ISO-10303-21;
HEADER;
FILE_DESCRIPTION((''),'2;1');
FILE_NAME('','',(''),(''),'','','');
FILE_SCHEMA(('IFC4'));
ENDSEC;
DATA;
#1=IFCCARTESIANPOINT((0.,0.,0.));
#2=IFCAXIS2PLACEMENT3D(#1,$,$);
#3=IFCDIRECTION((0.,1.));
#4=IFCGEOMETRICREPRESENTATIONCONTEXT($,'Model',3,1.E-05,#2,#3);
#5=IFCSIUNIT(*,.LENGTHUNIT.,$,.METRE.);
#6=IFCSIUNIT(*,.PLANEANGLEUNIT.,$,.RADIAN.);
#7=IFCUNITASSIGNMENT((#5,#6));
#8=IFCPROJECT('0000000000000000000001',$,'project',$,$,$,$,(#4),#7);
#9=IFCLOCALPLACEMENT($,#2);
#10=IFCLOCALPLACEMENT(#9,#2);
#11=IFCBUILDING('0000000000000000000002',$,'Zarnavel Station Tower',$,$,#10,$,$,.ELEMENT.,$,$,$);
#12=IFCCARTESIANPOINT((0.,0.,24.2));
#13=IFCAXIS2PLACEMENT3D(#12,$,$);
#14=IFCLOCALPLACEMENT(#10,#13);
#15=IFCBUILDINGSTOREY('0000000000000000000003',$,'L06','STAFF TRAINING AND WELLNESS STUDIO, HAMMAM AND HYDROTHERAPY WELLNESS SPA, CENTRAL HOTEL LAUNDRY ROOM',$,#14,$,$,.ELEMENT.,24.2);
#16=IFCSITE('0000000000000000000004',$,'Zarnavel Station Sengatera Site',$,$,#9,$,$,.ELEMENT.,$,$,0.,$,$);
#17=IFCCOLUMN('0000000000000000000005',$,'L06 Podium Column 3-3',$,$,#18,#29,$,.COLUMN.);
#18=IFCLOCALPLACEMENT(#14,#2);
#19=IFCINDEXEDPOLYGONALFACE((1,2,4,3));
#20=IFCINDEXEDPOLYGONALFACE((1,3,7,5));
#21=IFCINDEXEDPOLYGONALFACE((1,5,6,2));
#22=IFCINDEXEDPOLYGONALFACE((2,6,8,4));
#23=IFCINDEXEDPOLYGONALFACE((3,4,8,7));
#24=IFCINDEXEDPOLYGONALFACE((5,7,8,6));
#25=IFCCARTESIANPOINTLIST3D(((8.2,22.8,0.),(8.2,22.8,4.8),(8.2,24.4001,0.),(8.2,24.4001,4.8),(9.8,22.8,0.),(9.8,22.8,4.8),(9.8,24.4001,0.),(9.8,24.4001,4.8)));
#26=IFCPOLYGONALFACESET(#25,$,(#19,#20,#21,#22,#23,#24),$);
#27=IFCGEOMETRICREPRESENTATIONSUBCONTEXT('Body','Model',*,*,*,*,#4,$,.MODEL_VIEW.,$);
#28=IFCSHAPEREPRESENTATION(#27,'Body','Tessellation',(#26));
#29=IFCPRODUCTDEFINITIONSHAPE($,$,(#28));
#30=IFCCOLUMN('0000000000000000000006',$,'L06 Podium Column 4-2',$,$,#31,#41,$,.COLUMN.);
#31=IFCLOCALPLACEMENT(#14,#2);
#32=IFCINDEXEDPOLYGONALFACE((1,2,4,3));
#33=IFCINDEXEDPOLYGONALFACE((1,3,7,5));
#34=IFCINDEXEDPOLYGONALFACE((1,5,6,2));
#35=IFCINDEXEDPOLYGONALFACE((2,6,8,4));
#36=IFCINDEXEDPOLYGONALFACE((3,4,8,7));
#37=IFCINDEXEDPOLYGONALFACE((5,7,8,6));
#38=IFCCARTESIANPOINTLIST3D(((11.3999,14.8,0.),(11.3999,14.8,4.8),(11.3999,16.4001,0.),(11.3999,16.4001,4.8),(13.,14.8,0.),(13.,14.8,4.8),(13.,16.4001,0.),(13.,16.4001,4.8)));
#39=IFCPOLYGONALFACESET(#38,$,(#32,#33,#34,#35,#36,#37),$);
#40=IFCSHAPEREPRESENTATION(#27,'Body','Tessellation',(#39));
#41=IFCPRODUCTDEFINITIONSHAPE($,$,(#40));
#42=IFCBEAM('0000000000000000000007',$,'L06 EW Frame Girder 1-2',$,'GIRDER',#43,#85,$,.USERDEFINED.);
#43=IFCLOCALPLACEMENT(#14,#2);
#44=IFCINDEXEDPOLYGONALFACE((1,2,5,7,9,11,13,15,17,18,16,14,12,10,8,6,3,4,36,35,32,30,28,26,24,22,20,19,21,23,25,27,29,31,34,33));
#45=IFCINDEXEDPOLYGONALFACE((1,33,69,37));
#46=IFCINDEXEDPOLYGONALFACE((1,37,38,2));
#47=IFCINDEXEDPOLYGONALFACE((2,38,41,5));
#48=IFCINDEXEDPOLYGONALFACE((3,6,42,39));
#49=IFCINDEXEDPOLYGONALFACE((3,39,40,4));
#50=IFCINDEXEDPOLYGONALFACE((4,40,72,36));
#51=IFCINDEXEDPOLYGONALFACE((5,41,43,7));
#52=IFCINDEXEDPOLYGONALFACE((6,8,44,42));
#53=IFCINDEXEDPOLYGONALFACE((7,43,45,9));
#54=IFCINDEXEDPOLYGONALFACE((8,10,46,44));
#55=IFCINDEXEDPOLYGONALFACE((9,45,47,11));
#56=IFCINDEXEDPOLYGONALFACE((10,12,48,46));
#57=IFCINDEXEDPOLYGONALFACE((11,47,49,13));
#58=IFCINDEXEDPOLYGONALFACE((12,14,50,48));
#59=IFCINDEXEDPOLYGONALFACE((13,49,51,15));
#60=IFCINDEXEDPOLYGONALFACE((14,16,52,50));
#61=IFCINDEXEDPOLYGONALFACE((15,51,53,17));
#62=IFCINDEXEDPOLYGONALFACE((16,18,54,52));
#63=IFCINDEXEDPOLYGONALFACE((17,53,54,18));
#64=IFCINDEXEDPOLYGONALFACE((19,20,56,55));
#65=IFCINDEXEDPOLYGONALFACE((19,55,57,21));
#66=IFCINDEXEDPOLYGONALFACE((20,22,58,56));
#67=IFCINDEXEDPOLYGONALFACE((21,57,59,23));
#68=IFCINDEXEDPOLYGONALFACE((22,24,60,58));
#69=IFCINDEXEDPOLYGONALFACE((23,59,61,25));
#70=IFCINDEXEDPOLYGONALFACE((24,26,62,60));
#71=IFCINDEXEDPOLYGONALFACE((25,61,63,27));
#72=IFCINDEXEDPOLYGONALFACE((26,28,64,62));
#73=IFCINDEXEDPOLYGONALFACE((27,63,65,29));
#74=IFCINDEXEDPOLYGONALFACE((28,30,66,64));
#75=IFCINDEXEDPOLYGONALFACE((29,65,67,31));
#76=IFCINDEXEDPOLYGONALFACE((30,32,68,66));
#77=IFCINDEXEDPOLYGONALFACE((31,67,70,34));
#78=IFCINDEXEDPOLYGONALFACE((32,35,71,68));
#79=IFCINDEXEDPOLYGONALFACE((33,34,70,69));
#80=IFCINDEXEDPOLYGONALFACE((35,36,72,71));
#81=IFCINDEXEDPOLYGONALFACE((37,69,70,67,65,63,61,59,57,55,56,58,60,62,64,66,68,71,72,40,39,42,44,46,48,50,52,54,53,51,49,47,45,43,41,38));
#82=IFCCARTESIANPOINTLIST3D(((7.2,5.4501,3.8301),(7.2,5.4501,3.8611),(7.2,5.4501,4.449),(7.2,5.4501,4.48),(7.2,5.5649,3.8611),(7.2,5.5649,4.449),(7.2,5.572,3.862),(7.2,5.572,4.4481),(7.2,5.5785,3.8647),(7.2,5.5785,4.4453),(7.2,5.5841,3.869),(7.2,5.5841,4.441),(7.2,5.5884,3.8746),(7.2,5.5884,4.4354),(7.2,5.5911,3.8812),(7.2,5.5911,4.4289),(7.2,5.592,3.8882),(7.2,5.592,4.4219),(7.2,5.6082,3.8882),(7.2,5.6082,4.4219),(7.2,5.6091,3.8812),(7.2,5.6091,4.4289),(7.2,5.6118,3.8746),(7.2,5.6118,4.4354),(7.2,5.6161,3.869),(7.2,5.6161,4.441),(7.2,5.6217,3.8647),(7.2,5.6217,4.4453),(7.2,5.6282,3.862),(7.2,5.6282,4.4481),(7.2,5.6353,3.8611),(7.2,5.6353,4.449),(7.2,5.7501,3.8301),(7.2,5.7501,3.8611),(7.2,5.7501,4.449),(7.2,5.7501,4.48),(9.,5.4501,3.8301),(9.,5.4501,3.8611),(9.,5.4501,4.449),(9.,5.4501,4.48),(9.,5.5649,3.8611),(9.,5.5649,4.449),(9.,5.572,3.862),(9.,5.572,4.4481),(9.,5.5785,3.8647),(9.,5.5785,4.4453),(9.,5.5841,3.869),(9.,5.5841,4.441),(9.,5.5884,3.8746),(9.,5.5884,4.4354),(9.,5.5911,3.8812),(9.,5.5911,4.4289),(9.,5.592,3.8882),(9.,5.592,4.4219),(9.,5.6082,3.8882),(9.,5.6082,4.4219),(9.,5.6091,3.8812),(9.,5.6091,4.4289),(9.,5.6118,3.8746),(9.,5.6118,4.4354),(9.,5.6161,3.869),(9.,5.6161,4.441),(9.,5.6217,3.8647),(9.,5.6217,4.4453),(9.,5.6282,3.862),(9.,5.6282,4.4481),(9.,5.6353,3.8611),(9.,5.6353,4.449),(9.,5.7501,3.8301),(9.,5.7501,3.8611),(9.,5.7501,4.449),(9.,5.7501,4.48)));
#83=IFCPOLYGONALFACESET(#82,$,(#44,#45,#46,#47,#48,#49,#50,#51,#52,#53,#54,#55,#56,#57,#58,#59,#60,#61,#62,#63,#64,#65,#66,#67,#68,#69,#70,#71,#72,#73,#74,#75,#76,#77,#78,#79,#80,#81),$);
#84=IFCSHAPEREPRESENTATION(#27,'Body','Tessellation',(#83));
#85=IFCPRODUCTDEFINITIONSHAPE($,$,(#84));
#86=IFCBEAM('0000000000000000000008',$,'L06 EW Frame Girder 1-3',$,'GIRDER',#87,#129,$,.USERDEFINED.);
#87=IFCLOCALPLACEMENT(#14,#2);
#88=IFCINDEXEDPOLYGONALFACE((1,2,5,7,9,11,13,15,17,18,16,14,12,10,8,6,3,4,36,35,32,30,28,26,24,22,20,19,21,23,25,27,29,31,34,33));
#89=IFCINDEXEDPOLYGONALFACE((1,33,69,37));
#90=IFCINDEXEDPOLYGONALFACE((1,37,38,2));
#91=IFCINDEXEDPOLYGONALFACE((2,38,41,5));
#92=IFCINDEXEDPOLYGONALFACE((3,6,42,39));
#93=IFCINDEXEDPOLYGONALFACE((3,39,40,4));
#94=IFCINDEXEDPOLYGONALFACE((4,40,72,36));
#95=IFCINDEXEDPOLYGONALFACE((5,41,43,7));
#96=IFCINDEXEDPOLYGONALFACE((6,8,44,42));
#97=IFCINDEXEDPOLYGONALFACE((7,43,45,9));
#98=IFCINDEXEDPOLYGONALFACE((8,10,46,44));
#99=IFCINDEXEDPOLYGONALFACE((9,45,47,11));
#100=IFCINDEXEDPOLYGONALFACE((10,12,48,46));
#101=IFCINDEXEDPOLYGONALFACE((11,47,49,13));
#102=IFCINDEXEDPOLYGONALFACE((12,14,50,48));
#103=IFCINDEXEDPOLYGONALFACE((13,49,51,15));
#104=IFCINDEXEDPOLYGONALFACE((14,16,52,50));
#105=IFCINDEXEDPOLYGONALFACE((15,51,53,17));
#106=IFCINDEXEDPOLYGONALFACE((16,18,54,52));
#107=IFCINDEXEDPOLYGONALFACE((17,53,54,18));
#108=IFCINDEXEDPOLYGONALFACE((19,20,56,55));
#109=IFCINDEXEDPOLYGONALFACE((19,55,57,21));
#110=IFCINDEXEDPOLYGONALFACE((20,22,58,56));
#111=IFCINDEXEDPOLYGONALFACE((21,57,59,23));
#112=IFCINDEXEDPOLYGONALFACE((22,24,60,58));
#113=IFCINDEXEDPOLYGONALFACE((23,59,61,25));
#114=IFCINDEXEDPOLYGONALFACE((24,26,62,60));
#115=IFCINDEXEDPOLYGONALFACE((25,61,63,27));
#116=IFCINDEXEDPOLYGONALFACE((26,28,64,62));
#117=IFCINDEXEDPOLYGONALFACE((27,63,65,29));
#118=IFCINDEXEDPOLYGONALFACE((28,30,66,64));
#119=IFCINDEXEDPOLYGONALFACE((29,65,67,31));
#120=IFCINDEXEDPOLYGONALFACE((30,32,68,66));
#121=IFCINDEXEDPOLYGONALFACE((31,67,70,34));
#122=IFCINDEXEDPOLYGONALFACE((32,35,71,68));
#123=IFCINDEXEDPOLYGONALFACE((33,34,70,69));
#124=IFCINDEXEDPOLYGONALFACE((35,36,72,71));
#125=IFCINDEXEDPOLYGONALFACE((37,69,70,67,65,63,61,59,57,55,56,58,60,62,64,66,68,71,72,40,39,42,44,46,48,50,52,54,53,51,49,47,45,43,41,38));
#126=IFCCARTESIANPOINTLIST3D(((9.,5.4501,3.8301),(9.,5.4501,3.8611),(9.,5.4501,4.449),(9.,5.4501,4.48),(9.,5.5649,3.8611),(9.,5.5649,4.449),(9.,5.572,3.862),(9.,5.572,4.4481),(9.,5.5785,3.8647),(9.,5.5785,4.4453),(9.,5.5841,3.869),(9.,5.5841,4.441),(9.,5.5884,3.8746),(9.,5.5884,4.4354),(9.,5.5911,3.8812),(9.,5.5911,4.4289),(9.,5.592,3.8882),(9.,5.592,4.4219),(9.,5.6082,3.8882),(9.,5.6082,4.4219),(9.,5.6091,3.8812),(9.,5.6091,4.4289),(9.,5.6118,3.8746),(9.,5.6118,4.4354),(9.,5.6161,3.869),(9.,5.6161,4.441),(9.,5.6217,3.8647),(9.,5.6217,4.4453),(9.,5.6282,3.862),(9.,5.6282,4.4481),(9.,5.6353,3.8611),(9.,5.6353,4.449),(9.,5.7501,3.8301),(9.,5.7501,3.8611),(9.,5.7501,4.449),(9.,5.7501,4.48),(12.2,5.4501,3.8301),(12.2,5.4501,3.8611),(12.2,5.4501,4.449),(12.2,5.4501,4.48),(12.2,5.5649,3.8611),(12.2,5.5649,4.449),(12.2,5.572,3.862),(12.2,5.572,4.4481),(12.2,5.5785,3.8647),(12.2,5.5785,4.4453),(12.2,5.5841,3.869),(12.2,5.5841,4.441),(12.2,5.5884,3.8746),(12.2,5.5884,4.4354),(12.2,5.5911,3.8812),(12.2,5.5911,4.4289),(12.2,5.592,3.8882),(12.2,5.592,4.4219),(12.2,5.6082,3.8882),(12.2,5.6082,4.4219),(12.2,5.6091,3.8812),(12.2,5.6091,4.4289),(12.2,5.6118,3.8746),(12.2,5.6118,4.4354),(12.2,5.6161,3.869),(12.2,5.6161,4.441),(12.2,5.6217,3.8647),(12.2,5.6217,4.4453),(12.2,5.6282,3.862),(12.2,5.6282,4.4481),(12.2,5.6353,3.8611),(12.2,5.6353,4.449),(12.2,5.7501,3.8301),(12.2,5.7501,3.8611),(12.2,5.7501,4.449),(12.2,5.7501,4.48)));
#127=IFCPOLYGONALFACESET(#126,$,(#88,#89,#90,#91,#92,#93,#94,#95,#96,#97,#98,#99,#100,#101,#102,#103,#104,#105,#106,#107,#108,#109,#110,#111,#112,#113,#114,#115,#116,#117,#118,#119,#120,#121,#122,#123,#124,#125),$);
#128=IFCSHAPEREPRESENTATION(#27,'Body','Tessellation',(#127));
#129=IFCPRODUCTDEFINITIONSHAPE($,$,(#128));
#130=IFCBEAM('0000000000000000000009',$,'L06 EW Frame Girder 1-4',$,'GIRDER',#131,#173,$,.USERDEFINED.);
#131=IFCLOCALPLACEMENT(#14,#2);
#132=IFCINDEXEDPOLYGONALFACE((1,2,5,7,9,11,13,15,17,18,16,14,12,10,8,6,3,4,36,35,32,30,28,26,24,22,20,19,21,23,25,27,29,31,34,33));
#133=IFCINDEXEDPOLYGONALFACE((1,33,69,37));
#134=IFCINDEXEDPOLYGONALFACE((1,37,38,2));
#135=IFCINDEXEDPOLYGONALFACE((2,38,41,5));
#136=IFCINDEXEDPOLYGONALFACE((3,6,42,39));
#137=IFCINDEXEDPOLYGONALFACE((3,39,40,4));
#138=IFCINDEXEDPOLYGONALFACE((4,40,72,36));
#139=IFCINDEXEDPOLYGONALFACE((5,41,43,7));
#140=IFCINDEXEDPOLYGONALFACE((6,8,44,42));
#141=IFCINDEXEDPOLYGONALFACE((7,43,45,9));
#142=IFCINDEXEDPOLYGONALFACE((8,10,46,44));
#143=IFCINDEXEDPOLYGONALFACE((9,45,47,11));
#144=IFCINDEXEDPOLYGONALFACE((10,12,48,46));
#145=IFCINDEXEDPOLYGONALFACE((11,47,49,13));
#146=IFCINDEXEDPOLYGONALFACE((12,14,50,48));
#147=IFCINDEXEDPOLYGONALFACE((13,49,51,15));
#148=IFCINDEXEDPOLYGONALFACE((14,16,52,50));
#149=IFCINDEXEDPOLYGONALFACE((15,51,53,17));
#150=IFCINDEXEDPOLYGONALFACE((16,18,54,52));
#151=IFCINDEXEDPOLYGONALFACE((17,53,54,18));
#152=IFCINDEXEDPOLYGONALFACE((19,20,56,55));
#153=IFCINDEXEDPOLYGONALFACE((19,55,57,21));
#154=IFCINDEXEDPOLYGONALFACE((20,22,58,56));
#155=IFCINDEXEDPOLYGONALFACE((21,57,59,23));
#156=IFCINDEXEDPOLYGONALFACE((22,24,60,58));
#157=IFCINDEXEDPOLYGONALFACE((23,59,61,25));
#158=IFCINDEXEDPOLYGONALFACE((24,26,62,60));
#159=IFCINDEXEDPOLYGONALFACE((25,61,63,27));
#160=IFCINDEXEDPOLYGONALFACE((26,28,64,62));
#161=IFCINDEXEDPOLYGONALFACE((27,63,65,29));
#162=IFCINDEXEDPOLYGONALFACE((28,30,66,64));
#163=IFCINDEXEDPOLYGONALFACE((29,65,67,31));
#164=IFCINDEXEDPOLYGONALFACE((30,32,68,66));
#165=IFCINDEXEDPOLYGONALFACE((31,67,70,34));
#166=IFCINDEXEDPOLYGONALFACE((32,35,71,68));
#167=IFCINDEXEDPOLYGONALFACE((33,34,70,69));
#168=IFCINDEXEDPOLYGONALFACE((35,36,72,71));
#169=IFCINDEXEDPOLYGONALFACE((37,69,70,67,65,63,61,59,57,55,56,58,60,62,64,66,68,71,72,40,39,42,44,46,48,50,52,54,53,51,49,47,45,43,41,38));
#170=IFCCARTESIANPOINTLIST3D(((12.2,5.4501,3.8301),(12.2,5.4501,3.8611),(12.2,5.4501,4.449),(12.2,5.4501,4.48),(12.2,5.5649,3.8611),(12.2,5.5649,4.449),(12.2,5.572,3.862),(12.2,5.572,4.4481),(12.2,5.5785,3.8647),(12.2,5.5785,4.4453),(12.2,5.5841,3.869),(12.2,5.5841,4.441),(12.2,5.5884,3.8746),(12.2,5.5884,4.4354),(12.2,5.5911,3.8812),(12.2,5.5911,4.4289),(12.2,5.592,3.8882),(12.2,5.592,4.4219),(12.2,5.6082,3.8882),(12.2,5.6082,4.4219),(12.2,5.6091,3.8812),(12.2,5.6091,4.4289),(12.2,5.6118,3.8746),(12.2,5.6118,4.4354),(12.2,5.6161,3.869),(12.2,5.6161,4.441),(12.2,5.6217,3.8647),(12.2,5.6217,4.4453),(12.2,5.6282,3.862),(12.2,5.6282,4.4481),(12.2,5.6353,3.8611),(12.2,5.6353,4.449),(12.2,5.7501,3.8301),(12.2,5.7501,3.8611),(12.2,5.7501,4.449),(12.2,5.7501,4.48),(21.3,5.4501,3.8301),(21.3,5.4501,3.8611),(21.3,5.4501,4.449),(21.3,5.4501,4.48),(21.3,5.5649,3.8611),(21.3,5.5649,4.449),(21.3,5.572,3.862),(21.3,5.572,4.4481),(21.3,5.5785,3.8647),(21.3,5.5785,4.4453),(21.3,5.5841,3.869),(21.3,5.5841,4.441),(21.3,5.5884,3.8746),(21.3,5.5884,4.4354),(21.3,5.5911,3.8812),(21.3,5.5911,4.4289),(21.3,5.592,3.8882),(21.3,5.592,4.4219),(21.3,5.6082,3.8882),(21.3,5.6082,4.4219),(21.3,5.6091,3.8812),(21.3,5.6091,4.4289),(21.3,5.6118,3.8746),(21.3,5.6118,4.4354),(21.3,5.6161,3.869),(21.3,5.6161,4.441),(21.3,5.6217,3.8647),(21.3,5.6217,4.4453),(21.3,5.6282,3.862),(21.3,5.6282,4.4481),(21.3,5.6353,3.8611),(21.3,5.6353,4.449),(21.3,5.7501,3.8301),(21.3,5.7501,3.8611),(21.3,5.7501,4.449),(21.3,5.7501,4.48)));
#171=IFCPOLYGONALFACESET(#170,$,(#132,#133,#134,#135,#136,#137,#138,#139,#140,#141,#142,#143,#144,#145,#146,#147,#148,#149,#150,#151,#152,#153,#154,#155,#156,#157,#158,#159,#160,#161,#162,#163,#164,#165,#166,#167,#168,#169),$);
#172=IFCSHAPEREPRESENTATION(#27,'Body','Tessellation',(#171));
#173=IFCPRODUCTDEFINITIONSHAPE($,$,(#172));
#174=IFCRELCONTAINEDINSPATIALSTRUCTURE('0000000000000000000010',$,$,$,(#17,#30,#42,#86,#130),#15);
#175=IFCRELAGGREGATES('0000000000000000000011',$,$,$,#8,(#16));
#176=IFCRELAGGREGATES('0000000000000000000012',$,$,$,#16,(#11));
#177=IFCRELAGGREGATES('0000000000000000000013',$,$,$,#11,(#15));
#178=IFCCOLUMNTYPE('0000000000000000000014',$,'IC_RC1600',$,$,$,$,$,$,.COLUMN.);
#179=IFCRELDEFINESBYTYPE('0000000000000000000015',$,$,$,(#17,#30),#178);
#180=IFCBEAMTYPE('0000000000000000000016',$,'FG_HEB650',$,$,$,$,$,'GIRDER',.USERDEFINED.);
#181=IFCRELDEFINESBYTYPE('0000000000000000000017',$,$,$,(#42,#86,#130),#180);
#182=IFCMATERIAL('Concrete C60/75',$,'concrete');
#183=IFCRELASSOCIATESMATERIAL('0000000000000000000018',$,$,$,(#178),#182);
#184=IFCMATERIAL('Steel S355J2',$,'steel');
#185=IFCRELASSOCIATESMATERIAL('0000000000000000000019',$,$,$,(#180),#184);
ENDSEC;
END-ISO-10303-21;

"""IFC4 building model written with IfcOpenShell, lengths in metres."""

from ifc_helpers import new_model, si_unit, direction, frame, origin, origin_2d, place, context, subcontext, project, spatial, rectangle, i_section, extrude, material, material_profile, profile_set, type_object, element, save


model = new_model("IFC4")

# Units and contexts
model_context = context("Model", 3, precision=1e-05, world=origin(), true_north=direction((0.0, 1.0)))
body_context = subcontext(model_context, "Body", "Model", "MODEL_VIEW")
ifc_project = project(units=[si_unit("LENGTHUNIT", "METRE"), si_unit("PLANEANGLEUNIT", "RADIAN")], contexts=[model_context])

# Site, building, storey
site_placement = place(None, origin())
site = spatial("IfcSite", under=ifc_project, at=site_placement, Name="Zarnavel Station Sengatera Site", CompositionType="ELEMENT", RefElevation=0.0)
building_placement = place(site_placement, origin())
building = spatial("IfcBuilding", under=site, at=building_placement, Name="Zarnavel Station Tower", CompositionType="ELEMENT")
storey_placement = place(building_placement, frame((0.0, 0.0, 24.2)))
storey = spatial("IfcBuildingStorey", under=building, at=storey_placement, Name="L06", Description="STAFF TRAINING AND WELLNESS STUDIO, HAMMAM AND HYDROTHERAPY WELLNESS SPA, CENTRAL HOTEL LAUNDRY ROOM", CompositionType="ELEMENT", Elevation=24.2)

# Columns
ifc_material_1 = material(Name="Concrete C60/75", Category="concrete")
ifc_material_profile_1 = material_profile(ifc_material_1, rectangle(XDim=1.6001, YDim=1.6001, at=origin_2d()), Name="RC1600x1600")
ifc_profile_set_1 = profile_set([ifc_material_profile_1], Name="Concrete C60/75")
column_type_1 = type_object("IfcColumnType", Name="IC_RC1600", PredefinedType="COLUMN", material=ifc_profile_set_1)
for number, where, z_axis, x_axis, name in (
    (1, (9.0, 23.6001, 0.0), (0.0, 0.0, 1.0), (1.0, 0.0, 0.0), "L06 Podium Column 3-3"),
    (2, (12.2, 15.6001, 0.0), (0.0, 0.0, 1.0), (1.0, 0.0, 0.0), "L06 Podium Column 4-2"),
):
    element("IfcColumn", number, at=place(storey_placement, frame(where, z_axis=z_axis, x_axis=x_axis)), inside=storey, type_object=column_type_1, Name=name, PredefinedType="COLUMN", context=body_context, shape_type="SweptSolid", body=[
        extrude(rectangle(XDim=1.6001, YDim=1.6001, at=origin_2d()), origin(), (0.0, 0.0, 1.0), 4.8),
    ])

# Beams
ifc_material_2 = material(Name="Steel S355J2", Category="steel")
ifc_material_profile_2 = material_profile(ifc_material_2, i_section(OverallWidth=0.3, OverallDepth=0.6499, WebThickness=0.0161, FlangeThickness=0.031, FilletRadius=0.0271, at=origin_2d()), Name="HEB650")
ifc_profile_set_2 = profile_set([ifc_material_profile_2], Name="Steel S355J2")
beam_type_1 = type_object("IfcBeamType", Name="FG_HEB650", ElementType="GIRDER", PredefinedType="USERDEFINED", material=ifc_profile_set_2)
beam_1_placement = place(storey_placement, frame((7.2, 5.6001, 4.155), z_axis=(1.0, 0.0, 0.0), x_axis=(0.0, 1.0, 0.0)))
element("IfcBeam", 3, at=beam_1_placement, inside=storey, type_object=beam_type_1, Name="L06 EW Frame Girder 1-2", ObjectType="GIRDER", PredefinedType="USERDEFINED", context=body_context, shape_type="SweptSolid", body=[
    extrude(i_section(OverallWidth=0.3, OverallDepth=0.6499, WebThickness=0.0161, FlangeThickness=0.031, FilletRadius=0.0271, at=origin_2d()), origin(), (0.0, 0.0, 1.0), 1.8),
])
beam_2_placement = place(storey_placement, frame((9.0, 5.6001, 4.155), z_axis=(1.0, 0.0, 0.0), x_axis=(0.0, 1.0, 0.0)))
element("IfcBeam", 4, at=beam_2_placement, inside=storey, type_object=beam_type_1, Name="L06 EW Frame Girder 1-3", ObjectType="GIRDER", PredefinedType="USERDEFINED", context=body_context, shape_type="SweptSolid", body=[
    extrude(i_section(OverallWidth=0.3, OverallDepth=0.6499, WebThickness=0.0161, FlangeThickness=0.031, FilletRadius=0.0271, at=origin_2d()), origin(), (0.0, 0.0, 1.0), 3.2),
])
beam_3_placement = place(storey_placement, frame((12.2, 5.6001, 4.155), z_axis=(1.0, 0.0, 0.0), x_axis=(0.0, 1.0, 0.0)))
element("IfcBeam", 5, at=beam_3_placement, inside=storey, type_object=beam_type_1, Name="L06 EW Frame Girder 1-4", ObjectType="GIRDER", PredefinedType="USERDEFINED", context=body_context, shape_type="SweptSolid", body=[
    extrude(i_section(OverallWidth=0.3, OverallDepth=0.6499, WebThickness=0.0161, FlangeThickness=0.031, FilletRadius=0.0271, at=origin_2d()), origin(), (0.0, 0.0, 1.0), 9.1001),
])

save(model, "model.ifc")
